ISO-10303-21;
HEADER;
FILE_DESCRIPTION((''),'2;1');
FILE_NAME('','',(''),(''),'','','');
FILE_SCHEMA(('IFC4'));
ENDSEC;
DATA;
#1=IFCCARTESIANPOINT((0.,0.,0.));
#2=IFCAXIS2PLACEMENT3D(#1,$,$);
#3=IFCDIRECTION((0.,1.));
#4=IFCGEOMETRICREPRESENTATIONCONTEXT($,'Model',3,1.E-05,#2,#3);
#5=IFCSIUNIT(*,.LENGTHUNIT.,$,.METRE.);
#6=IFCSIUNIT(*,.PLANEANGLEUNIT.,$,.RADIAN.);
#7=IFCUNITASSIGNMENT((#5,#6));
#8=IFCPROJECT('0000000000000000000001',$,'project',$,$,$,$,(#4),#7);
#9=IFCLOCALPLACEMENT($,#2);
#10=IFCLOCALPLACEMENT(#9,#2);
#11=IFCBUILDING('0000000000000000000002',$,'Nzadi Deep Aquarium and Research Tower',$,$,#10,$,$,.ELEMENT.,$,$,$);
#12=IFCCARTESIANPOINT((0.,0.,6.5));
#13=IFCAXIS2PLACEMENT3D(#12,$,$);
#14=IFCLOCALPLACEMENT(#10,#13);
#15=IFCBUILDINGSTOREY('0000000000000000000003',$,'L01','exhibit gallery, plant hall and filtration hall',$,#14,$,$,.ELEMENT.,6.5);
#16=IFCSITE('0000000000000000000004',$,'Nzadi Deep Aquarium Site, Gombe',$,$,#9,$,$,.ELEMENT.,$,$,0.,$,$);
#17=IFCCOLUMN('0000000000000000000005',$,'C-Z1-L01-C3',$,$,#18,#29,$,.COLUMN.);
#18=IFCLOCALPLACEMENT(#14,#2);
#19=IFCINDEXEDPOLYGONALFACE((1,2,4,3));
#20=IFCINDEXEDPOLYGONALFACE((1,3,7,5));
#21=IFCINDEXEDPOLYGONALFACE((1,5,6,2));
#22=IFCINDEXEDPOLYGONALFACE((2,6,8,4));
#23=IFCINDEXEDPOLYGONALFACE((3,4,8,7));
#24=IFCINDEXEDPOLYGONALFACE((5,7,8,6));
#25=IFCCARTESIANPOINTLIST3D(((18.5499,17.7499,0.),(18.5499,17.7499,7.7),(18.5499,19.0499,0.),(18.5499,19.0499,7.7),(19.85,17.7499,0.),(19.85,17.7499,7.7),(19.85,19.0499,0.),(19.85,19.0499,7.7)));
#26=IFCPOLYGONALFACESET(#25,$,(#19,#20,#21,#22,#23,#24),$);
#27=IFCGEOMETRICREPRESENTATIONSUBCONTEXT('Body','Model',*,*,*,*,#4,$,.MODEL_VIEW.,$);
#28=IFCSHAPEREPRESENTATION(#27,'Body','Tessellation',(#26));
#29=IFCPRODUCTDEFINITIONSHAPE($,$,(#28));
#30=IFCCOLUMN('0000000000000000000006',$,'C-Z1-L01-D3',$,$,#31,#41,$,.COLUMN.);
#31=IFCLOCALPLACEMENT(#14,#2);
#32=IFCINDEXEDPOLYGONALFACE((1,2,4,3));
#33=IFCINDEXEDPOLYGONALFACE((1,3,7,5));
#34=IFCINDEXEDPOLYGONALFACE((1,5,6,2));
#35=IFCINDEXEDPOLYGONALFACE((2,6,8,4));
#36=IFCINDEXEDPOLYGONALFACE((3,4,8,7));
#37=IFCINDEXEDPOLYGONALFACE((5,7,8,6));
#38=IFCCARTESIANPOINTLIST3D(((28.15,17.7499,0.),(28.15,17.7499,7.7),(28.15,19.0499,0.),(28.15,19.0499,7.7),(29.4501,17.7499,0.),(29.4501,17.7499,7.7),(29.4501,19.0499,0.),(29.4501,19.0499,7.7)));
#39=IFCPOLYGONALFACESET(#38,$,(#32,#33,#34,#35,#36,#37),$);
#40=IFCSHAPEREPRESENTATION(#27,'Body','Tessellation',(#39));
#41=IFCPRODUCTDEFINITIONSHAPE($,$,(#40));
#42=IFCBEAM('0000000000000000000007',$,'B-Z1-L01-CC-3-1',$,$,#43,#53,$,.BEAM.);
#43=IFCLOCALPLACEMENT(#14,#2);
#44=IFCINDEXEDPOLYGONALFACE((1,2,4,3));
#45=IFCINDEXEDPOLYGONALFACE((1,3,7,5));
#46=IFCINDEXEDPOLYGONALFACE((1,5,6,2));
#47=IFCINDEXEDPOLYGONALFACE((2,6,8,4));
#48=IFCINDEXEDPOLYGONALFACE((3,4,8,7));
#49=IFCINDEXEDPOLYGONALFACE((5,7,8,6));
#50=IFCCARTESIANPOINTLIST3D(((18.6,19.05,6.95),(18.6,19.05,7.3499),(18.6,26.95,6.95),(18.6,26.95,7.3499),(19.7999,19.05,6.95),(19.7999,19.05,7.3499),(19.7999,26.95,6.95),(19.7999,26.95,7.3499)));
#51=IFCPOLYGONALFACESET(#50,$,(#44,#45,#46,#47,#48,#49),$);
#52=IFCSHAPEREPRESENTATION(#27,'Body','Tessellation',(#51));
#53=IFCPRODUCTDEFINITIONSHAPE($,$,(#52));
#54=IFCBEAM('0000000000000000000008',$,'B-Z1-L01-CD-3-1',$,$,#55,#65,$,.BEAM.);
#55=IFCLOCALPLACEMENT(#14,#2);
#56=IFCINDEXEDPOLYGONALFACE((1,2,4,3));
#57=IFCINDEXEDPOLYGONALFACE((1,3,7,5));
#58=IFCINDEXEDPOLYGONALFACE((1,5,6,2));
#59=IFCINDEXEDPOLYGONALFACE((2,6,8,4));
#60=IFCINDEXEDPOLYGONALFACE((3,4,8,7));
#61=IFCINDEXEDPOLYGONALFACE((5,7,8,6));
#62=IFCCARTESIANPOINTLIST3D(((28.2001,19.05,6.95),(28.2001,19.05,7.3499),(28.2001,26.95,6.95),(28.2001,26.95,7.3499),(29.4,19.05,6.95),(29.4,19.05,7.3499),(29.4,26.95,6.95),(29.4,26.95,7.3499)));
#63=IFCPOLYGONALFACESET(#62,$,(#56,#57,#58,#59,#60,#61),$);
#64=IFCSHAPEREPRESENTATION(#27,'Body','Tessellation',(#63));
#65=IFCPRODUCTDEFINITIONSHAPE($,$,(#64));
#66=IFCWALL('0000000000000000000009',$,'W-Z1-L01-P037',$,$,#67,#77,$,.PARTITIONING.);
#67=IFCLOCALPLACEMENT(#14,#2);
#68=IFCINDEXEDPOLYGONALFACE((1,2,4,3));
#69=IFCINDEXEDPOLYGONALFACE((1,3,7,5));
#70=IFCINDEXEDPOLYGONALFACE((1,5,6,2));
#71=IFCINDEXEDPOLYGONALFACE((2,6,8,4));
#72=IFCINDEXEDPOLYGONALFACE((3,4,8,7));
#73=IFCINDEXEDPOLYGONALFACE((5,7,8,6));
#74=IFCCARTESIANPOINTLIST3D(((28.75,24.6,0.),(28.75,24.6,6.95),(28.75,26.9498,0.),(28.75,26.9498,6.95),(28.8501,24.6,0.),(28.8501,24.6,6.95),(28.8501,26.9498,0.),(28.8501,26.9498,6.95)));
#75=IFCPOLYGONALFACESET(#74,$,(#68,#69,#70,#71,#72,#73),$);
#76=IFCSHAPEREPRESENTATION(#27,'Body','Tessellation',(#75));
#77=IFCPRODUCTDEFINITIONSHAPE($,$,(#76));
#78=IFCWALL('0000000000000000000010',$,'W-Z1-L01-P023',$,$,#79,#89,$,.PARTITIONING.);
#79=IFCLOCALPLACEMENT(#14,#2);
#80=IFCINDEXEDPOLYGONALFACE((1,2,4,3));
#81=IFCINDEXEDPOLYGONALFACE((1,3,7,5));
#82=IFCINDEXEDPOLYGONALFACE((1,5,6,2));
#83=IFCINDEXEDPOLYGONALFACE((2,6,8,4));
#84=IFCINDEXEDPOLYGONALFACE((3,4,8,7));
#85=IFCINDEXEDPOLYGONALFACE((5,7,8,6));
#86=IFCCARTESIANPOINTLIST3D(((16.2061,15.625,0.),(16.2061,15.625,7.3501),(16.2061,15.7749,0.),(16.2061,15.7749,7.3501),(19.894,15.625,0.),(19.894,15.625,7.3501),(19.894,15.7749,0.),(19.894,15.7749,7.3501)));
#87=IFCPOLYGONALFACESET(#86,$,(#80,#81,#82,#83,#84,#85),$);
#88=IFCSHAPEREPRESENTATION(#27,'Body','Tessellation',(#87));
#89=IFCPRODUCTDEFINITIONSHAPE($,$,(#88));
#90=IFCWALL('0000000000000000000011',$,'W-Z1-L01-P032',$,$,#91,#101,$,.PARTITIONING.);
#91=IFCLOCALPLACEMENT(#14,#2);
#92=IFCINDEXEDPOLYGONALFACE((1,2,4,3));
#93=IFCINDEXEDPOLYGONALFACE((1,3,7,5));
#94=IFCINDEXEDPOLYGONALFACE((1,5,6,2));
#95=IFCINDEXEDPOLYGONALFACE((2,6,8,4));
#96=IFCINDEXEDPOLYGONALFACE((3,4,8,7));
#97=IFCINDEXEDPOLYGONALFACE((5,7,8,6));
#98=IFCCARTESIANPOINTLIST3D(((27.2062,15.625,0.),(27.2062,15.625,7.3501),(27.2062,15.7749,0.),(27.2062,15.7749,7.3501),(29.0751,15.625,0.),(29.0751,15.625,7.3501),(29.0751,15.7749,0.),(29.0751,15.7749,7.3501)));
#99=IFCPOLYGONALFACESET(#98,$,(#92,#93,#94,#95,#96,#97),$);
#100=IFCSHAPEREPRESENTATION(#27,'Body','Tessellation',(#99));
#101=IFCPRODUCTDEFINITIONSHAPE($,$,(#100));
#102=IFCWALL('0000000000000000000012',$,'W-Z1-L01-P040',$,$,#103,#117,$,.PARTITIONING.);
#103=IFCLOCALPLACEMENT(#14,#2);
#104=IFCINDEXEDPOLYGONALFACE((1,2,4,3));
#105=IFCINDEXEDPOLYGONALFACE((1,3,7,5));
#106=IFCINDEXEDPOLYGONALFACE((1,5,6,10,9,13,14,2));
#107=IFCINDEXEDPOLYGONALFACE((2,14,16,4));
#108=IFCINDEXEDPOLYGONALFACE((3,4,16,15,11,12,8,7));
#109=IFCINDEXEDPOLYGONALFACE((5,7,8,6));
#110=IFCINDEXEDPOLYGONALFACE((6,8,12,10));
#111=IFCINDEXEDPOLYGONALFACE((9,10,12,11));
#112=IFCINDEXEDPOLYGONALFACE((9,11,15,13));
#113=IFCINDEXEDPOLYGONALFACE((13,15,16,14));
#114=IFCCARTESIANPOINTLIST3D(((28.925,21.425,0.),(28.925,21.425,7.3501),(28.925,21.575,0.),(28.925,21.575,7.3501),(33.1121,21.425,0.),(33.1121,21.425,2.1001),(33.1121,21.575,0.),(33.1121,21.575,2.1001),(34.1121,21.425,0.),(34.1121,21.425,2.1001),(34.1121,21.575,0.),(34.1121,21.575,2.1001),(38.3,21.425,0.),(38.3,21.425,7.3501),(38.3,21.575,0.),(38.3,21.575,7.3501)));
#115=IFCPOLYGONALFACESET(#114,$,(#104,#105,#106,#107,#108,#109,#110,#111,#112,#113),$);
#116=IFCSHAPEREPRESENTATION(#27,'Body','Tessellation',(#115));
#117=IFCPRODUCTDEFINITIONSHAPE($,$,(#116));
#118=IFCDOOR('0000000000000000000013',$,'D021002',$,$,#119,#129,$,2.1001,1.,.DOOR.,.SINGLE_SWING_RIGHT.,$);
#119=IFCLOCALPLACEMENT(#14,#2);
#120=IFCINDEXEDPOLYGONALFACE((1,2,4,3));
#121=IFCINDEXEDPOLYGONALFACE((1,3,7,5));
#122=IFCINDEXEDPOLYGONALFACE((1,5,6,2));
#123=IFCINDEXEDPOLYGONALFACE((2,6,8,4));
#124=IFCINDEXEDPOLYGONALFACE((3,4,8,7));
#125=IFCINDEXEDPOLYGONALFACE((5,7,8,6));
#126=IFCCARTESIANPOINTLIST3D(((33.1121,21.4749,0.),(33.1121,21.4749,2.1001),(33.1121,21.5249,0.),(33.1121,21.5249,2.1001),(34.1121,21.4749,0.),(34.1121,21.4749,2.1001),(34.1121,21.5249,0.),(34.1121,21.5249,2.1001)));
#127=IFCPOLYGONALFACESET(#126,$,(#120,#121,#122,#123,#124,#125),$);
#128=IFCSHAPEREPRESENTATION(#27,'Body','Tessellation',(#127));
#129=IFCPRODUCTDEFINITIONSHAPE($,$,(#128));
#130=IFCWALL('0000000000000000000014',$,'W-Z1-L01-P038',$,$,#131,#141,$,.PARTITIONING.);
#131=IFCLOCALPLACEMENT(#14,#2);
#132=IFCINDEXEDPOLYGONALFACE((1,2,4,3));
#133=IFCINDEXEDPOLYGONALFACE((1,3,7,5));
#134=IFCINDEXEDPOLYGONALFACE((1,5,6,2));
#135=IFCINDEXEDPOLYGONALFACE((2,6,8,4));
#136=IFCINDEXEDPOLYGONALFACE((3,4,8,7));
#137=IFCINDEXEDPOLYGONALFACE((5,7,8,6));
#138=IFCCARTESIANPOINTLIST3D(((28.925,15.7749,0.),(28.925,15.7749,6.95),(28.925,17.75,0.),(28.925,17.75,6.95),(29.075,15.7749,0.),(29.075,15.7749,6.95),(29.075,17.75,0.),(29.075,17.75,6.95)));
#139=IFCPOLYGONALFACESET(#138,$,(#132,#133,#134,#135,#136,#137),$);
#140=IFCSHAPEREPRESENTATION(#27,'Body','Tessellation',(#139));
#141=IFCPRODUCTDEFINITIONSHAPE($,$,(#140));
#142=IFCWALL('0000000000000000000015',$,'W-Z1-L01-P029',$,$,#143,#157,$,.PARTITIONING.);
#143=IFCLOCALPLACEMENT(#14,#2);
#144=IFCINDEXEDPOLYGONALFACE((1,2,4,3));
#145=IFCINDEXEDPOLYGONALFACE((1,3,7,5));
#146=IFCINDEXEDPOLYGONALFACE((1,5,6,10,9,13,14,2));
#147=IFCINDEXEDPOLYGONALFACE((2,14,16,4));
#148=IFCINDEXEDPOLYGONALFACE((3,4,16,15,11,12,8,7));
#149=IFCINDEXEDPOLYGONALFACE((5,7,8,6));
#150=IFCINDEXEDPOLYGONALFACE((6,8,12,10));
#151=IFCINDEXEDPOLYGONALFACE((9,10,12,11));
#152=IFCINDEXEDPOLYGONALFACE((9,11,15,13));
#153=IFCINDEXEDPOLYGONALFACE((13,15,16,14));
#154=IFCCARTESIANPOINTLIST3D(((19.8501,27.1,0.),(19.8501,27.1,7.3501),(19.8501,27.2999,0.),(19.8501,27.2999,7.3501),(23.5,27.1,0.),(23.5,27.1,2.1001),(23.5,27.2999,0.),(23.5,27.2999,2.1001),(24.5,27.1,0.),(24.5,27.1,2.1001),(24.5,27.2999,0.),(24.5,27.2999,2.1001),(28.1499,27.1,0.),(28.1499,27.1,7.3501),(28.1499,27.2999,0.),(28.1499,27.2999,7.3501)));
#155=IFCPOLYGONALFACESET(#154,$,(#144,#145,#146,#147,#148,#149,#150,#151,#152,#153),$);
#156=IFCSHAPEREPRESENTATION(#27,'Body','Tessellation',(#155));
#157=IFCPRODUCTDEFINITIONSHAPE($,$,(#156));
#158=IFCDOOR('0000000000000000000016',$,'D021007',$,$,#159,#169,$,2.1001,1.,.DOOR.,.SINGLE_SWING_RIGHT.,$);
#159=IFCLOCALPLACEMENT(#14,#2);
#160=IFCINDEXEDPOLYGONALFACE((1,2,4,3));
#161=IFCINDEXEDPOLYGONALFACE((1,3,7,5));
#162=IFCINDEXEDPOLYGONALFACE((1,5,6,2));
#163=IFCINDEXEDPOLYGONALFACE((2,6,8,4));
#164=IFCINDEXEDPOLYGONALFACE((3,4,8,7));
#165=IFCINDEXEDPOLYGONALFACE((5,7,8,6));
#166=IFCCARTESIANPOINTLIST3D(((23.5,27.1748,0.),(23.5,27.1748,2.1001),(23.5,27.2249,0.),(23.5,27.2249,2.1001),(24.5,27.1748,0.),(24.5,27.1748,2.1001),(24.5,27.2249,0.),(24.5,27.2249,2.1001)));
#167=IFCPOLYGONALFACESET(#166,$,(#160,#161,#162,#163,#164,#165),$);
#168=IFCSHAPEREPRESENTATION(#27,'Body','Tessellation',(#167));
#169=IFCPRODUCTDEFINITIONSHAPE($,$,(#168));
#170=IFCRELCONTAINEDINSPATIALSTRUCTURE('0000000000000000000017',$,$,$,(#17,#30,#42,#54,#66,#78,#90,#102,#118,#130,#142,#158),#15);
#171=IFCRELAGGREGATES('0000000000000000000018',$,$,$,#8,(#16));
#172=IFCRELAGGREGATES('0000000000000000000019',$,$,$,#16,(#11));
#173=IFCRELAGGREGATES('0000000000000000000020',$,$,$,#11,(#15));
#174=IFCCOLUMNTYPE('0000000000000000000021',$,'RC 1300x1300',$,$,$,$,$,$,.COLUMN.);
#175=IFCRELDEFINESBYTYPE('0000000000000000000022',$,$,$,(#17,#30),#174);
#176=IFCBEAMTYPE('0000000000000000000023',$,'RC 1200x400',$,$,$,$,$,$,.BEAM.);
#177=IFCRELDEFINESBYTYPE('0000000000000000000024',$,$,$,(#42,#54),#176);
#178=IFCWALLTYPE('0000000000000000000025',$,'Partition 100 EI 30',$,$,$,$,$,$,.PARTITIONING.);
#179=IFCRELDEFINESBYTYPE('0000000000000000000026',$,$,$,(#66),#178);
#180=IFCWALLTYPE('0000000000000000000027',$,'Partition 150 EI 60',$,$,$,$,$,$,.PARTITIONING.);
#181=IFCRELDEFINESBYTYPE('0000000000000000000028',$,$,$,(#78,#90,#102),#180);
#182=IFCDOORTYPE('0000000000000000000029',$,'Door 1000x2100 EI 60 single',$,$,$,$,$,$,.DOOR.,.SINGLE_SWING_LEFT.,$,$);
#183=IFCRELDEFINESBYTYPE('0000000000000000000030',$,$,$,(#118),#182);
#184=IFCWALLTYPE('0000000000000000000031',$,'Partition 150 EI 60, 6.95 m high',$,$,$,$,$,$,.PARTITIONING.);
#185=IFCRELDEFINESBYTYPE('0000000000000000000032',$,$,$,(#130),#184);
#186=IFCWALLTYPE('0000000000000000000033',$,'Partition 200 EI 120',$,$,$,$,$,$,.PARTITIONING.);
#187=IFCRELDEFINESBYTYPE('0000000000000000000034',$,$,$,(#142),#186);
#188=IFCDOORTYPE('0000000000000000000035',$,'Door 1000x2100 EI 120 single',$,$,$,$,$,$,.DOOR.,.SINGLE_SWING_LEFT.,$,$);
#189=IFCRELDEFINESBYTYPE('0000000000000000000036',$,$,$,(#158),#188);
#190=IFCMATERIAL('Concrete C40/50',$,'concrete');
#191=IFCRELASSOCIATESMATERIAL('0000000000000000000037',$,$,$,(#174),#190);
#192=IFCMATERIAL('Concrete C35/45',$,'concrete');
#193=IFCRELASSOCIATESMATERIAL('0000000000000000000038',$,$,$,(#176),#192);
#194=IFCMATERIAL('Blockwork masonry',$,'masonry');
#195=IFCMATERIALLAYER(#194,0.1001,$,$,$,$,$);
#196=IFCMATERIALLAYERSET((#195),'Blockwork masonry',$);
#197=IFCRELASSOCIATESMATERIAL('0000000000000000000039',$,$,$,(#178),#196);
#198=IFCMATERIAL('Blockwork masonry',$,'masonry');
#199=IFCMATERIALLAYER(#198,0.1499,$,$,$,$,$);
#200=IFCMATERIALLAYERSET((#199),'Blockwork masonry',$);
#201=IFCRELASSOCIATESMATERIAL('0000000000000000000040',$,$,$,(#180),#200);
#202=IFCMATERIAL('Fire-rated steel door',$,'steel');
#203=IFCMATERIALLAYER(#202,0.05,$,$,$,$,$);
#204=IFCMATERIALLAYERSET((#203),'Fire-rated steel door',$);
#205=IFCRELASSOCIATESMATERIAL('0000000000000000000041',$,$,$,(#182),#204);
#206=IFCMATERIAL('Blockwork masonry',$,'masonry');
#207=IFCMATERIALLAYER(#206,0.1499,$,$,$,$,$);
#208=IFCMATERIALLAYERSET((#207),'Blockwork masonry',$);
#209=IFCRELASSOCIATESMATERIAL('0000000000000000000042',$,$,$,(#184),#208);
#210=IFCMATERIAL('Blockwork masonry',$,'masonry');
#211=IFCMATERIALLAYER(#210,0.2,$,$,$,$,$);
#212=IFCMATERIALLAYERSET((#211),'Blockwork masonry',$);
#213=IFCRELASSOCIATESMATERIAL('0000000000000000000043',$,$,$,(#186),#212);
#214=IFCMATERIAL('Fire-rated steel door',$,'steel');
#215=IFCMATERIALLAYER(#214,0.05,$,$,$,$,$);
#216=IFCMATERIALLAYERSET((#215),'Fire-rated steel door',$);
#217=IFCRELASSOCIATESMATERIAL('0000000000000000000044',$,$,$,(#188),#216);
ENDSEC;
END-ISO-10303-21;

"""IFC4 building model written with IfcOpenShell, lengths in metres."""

from ifc_helpers import new_model, si_unit, direction, frame, frame_2d, origin, origin_2d, place, context, subcontext, project, spatial, rectangle, extrude, material, layer, layer_set, material_profile, profile_set, type_object, element, fill, save


model = new_model("IFC4")

# Units and contexts
model_context = context("Model", 3, precision=1e-05, world=origin(), true_north=direction((0.0, 1.0)))
body_context = subcontext(model_context, "Body", "Model", "MODEL_VIEW")
ifc_project = project(units=[si_unit("LENGTHUNIT", "METRE"), si_unit("PLANEANGLEUNIT", "RADIAN")], contexts=[model_context])

# Site, building, storey
site_placement = place(None, origin())
site = spatial("IfcSite", under=ifc_project, at=site_placement, Name="Nzadi Deep Aquarium Site, Gombe", CompositionType="ELEMENT", RefElevation=0.0)
building_placement = place(site_placement, origin())
building = spatial("IfcBuilding", under=site, at=building_placement, Name="Nzadi Deep Aquarium and Research Tower", CompositionType="ELEMENT")
storey_placement = place(building_placement, frame((0.0, 0.0, 6.5)))
storey = spatial("IfcBuildingStorey", under=building, at=storey_placement, Name="L01", Description="exhibit gallery, plant hall and filtration hall", CompositionType="ELEMENT", Elevation=6.5)

# Columns
ifc_material_1 = material(Name="Concrete C40/50", Category="concrete")
ifc_material_profile_1 = material_profile(ifc_material_1, rectangle(XDim=1.3, YDim=1.3, at=origin_2d()))
ifc_profile_set_1 = profile_set([ifc_material_profile_1], Name="Concrete C40/50")
column_type = type_object("IfcColumnType", Name="RC 1300x1300", PredefinedType="COLUMN", material=ifc_profile_set_1)
for number, where, z_axis, x_axis, name in (
    (1, (19.2, 18.3999, 0.0), (0.0, 0.0, 1.0), (1.0, 0.0, 0.0), "C-Z1-L01-C3"),
    (2, (28.8, 18.3999, 0.0), (0.0, 0.0, 1.0), (1.0, 0.0, 0.0), "C-Z1-L01-D3"),
):
    element("IfcColumn", number, at=place(storey_placement, frame(where, z_axis=z_axis, x_axis=x_axis)), inside=storey, type_object=column_type, Name=name, PredefinedType="COLUMN", context=body_context, shape_type="SweptSolid", body=[
        extrude(rectangle(XDim=1.3, YDim=1.3, at=origin_2d()), origin(), (0.0, 0.0, 1.0), 7.7),
    ])

# Beams
ifc_material_2 = material(Name="Concrete C35/45", Category="concrete")
ifc_material_profile_2 = material_profile(ifc_material_2, rectangle(XDim=1.2, YDim=0.3999, at=origin_2d()))
ifc_profile_set_2 = profile_set([ifc_material_profile_2], Name="Concrete C35/45")
beam_type = type_object("IfcBeamType", Name="RC 1200x400", PredefinedType="BEAM", material=ifc_profile_set_2)
for number, where, z_axis, x_axis, name in (
    (3, (19.2, 19.05, 7.1499), (0.0, 1.0, 0.0), (-1.0, 0.0, 0.0), "B-Z1-L01-CC-3-1"),
    (4, (28.8, 19.05, 7.1499), (0.0, 1.0, 0.0), (-1.0, 0.0, 0.0), "B-Z1-L01-CD-3-1"),
):
    element("IfcBeam", number, at=place(storey_placement, frame(where, z_axis=z_axis, x_axis=x_axis)), inside=storey, type_object=beam_type, Name=name, PredefinedType="BEAM", context=body_context, shape_type="SweptSolid", body=[
        extrude(rectangle(XDim=1.2, YDim=0.3999, at=origin_2d()), origin(), (0.0, 0.0, 1.0), 7.8999),
    ])

# Walls
ifc_material_3 = material(Name="Blockwork masonry", Category="masonry")
ifc_layer_1 = layer(ifc_material_3, 0.1001)
ifc_layer_set_1 = layer_set([ifc_layer_1], Name="Blockwork masonry")
wall_type_1 = type_object("IfcWallType", Name="Partition 100 EI 30", PredefinedType="PARTITIONING", material=ifc_layer_set_1)
wall_1_placement = place(storey_placement, frame((28.8, 24.6001, 0.0), z_axis=(0.0, 0.0, 1.0), x_axis=(0.0, 1.0, 0.0)))
element("IfcWall", 5, at=wall_1_placement, inside=storey, type_object=wall_type_1, Name="W-Z1-L01-P037", PredefinedType="PARTITIONING", context=body_context, shape_type="SweptSolid", body=[
    extrude(rectangle(XDim=2.3499, YDim=0.1001, at=frame_2d((1.1748, 0.0))), origin(), (0.0, 0.0, 1.0), 6.95),
])
ifc_material_4 = material(Name="Blockwork masonry", Category="masonry")
ifc_layer_2 = layer(ifc_material_4, 0.1499)
ifc_layer_set_2 = layer_set([ifc_layer_2], Name="Blockwork masonry")
wall_type_2 = type_object("IfcWallType", Name="Partition 150 EI 60", PredefinedType="PARTITIONING", material=ifc_layer_set_2)
wall_2_placement = place(storey_placement, frame((16.2061, 15.7, 0.0), z_axis=(0.0, 0.0, 1.0), x_axis=(1.0, 0.0, 0.0)))
element("IfcWall", 6, at=wall_2_placement, inside=storey, type_object=wall_type_2, Name="W-Z1-L01-P023", PredefinedType="PARTITIONING", context=body_context, shape_type="SweptSolid", body=[
    extrude(rectangle(XDim=3.688, YDim=0.1499, at=frame_2d((1.844, 0.0))), origin(), (0.0, 0.0, 1.0), 7.3501),
])
wall_3_placement = place(storey_placement, frame((27.2061, 15.7, 0.0), z_axis=(0.0, 0.0, 1.0), x_axis=(1.0, 0.0, 0.0)))
element("IfcWall", 7, at=wall_3_placement, inside=storey, type_object=wall_type_2, Name="W-Z1-L01-P032", PredefinedType="PARTITIONING", context=body_context, shape_type="SweptSolid", body=[
    extrude(rectangle(XDim=1.8689, YDim=0.1499, at=frame_2d((0.9346, 0.0))), origin(), (0.0, 0.0, 1.0), 7.3501),
])

# Wall, opening, door
wall_4_placement = place(storey_placement, frame((28.925, 21.5, 0.0), z_axis=(0.0, 0.0, 1.0), x_axis=(1.0, 0.0, 0.0)))
wall_4 = element("IfcWall", 8, at=wall_4_placement, inside=storey, type_object=wall_type_2, Name="W-Z1-L01-P040", PredefinedType="PARTITIONING", context=body_context, shape_type="SweptSolid", body=[
    extrude(rectangle(XDim=9.375, YDim=0.1499, at=frame_2d((4.6875, 0.0))), origin(), (0.0, 0.0, 1.0), 7.3501),
])
opening_1_placement = place(wall_4_placement, frame((4.187, 0.0, 0.0)))
opening_1 = element("IfcOpeningElement", 9, at=opening_1_placement, cuts=wall_4, PredefinedType="OPENING", context=body_context, shape_type="SweptSolid", body=[
    extrude(rectangle(XDim=1.0, YDim=2.1001, at=frame_2d((0.5, 1.05))), frame((0.0, 0.085, 0.0), z_axis=(0.0, -1.0, 0.0), x_axis=(1.0, 0.0, 0.0)), (0.0, 0.0, 1.0), 0.1699),
])
ifc_material_5 = material(Name="Fire-rated steel door", Category="steel")
ifc_layer_3 = layer(ifc_material_5, 0.05)
ifc_layer_set_3 = layer_set([ifc_layer_3], Name="Fire-rated steel door")
door_type_1 = type_object("IfcDoorType", Name="Door 1000x2100 EI 60 single", OperationType="SINGLE_SWING_LEFT", PredefinedType="DOOR", material=ifc_layer_set_3)
door_1_placement = place(opening_1_placement, origin())
door_1 = element("IfcDoor", 10, at=door_1_placement, inside=storey, type_object=door_type_1, Name="D021002", OperationType="SINGLE_SWING_RIGHT", OverallHeight=2.1001, OverallWidth=1.0, PredefinedType="DOOR", context=body_context, shape_type="SweptSolid", body=[
    extrude(rectangle(XDim=1.0, YDim=2.1001, at=frame_2d((0.5, 1.05))), frame((0.0, 0.0249, 0.0), z_axis=(0.0, -1.0, 0.0), x_axis=(1.0, 0.0, 0.0)), (0.0, 0.0, 1.0), 0.05),
])
fill(opening_1, door_1)

# Wall
ifc_material_6 = material(Name="Blockwork masonry", Category="masonry")
ifc_layer_4 = layer(ifc_material_6, 0.1499)
ifc_layer_set_4 = layer_set([ifc_layer_4], Name="Blockwork masonry")
wall_type_3 = type_object("IfcWallType", Name="Partition 150 EI 60, 6.95 m high", PredefinedType="PARTITIONING", material=ifc_layer_set_4)
wall_5_placement = place(storey_placement, frame((29.0, 15.7749, 0.0), z_axis=(0.0, 0.0, 1.0), x_axis=(0.0, 1.0, 0.0)))
element("IfcWall", 11, at=wall_5_placement, inside=storey, type_object=wall_type_3, Name="W-Z1-L01-P038", PredefinedType="PARTITIONING", context=body_context, shape_type="SweptSolid", body=[
    extrude(rectangle(XDim=1.9751, YDim=0.1499, at=frame_2d((0.9875, 0.0))), origin(), (0.0, 0.0, 1.0), 6.95),
])

# Wall, opening, door
ifc_material_7 = material(Name="Blockwork masonry", Category="masonry")
ifc_layer_5 = layer(ifc_material_7, 0.2)
ifc_layer_set_5 = layer_set([ifc_layer_5], Name="Blockwork masonry")
wall_type_4 = type_object("IfcWallType", Name="Partition 200 EI 120", PredefinedType="PARTITIONING", material=ifc_layer_set_5)
wall_6_placement = place(storey_placement, frame((19.8501, 27.2, 0.0), z_axis=(0.0, 0.0, 1.0), x_axis=(1.0, 0.0, 0.0)))
wall_6 = element("IfcWall", 12, at=wall_6_placement, inside=storey, type_object=wall_type_4, Name="W-Z1-L01-P029", PredefinedType="PARTITIONING", context=body_context, shape_type="SweptSolid", body=[
    extrude(rectangle(XDim=8.2998, YDim=0.2, at=frame_2d((4.1499, 0.0))), origin(), (0.0, 0.0, 1.0), 7.3501),
])
opening_2_placement = place(wall_6_placement, frame((3.6499, 0.0, 0.0)))
opening_2 = element("IfcOpeningElement", 13, at=opening_2_placement, cuts=wall_6, PredefinedType="OPENING", context=body_context, shape_type="SweptSolid", body=[
    extrude(rectangle(XDim=1.0, YDim=2.1001, at=frame_2d((0.5, 1.05))), frame((0.0, 0.1101, 0.0), z_axis=(0.0, -1.0, 0.0), x_axis=(1.0, 0.0, 0.0)), (0.0, 0.0, 1.0), 0.2202),
])
ifc_material_8 = material(Name="Fire-rated steel door", Category="steel")
ifc_layer_6 = layer(ifc_material_8, 0.05)
ifc_layer_set_6 = layer_set([ifc_layer_6], Name="Fire-rated steel door")
door_type_2 = type_object("IfcDoorType", Name="Door 1000x2100 EI 120 single", OperationType="SINGLE_SWING_LEFT", PredefinedType="DOOR", material=ifc_layer_set_6)
door_2_placement = place(opening_2_placement, origin())
door_2 = element("IfcDoor", 14, at=door_2_placement, inside=storey, type_object=door_type_2, Name="D021007", OperationType="SINGLE_SWING_RIGHT", OverallHeight=2.1001, OverallWidth=1.0, PredefinedType="DOOR", context=body_context, shape_type="SweptSolid", body=[
    extrude(rectangle(XDim=1.0, YDim=2.1001, at=frame_2d((0.5, 1.05))), frame((0.0, 0.0249, 0.0), z_axis=(0.0, -1.0, 0.0), x_axis=(1.0, 0.0, 0.0)), (0.0, 0.0, 1.0), 0.05),
])
fill(opening_2, door_2)

save(model, "model.ifc")
